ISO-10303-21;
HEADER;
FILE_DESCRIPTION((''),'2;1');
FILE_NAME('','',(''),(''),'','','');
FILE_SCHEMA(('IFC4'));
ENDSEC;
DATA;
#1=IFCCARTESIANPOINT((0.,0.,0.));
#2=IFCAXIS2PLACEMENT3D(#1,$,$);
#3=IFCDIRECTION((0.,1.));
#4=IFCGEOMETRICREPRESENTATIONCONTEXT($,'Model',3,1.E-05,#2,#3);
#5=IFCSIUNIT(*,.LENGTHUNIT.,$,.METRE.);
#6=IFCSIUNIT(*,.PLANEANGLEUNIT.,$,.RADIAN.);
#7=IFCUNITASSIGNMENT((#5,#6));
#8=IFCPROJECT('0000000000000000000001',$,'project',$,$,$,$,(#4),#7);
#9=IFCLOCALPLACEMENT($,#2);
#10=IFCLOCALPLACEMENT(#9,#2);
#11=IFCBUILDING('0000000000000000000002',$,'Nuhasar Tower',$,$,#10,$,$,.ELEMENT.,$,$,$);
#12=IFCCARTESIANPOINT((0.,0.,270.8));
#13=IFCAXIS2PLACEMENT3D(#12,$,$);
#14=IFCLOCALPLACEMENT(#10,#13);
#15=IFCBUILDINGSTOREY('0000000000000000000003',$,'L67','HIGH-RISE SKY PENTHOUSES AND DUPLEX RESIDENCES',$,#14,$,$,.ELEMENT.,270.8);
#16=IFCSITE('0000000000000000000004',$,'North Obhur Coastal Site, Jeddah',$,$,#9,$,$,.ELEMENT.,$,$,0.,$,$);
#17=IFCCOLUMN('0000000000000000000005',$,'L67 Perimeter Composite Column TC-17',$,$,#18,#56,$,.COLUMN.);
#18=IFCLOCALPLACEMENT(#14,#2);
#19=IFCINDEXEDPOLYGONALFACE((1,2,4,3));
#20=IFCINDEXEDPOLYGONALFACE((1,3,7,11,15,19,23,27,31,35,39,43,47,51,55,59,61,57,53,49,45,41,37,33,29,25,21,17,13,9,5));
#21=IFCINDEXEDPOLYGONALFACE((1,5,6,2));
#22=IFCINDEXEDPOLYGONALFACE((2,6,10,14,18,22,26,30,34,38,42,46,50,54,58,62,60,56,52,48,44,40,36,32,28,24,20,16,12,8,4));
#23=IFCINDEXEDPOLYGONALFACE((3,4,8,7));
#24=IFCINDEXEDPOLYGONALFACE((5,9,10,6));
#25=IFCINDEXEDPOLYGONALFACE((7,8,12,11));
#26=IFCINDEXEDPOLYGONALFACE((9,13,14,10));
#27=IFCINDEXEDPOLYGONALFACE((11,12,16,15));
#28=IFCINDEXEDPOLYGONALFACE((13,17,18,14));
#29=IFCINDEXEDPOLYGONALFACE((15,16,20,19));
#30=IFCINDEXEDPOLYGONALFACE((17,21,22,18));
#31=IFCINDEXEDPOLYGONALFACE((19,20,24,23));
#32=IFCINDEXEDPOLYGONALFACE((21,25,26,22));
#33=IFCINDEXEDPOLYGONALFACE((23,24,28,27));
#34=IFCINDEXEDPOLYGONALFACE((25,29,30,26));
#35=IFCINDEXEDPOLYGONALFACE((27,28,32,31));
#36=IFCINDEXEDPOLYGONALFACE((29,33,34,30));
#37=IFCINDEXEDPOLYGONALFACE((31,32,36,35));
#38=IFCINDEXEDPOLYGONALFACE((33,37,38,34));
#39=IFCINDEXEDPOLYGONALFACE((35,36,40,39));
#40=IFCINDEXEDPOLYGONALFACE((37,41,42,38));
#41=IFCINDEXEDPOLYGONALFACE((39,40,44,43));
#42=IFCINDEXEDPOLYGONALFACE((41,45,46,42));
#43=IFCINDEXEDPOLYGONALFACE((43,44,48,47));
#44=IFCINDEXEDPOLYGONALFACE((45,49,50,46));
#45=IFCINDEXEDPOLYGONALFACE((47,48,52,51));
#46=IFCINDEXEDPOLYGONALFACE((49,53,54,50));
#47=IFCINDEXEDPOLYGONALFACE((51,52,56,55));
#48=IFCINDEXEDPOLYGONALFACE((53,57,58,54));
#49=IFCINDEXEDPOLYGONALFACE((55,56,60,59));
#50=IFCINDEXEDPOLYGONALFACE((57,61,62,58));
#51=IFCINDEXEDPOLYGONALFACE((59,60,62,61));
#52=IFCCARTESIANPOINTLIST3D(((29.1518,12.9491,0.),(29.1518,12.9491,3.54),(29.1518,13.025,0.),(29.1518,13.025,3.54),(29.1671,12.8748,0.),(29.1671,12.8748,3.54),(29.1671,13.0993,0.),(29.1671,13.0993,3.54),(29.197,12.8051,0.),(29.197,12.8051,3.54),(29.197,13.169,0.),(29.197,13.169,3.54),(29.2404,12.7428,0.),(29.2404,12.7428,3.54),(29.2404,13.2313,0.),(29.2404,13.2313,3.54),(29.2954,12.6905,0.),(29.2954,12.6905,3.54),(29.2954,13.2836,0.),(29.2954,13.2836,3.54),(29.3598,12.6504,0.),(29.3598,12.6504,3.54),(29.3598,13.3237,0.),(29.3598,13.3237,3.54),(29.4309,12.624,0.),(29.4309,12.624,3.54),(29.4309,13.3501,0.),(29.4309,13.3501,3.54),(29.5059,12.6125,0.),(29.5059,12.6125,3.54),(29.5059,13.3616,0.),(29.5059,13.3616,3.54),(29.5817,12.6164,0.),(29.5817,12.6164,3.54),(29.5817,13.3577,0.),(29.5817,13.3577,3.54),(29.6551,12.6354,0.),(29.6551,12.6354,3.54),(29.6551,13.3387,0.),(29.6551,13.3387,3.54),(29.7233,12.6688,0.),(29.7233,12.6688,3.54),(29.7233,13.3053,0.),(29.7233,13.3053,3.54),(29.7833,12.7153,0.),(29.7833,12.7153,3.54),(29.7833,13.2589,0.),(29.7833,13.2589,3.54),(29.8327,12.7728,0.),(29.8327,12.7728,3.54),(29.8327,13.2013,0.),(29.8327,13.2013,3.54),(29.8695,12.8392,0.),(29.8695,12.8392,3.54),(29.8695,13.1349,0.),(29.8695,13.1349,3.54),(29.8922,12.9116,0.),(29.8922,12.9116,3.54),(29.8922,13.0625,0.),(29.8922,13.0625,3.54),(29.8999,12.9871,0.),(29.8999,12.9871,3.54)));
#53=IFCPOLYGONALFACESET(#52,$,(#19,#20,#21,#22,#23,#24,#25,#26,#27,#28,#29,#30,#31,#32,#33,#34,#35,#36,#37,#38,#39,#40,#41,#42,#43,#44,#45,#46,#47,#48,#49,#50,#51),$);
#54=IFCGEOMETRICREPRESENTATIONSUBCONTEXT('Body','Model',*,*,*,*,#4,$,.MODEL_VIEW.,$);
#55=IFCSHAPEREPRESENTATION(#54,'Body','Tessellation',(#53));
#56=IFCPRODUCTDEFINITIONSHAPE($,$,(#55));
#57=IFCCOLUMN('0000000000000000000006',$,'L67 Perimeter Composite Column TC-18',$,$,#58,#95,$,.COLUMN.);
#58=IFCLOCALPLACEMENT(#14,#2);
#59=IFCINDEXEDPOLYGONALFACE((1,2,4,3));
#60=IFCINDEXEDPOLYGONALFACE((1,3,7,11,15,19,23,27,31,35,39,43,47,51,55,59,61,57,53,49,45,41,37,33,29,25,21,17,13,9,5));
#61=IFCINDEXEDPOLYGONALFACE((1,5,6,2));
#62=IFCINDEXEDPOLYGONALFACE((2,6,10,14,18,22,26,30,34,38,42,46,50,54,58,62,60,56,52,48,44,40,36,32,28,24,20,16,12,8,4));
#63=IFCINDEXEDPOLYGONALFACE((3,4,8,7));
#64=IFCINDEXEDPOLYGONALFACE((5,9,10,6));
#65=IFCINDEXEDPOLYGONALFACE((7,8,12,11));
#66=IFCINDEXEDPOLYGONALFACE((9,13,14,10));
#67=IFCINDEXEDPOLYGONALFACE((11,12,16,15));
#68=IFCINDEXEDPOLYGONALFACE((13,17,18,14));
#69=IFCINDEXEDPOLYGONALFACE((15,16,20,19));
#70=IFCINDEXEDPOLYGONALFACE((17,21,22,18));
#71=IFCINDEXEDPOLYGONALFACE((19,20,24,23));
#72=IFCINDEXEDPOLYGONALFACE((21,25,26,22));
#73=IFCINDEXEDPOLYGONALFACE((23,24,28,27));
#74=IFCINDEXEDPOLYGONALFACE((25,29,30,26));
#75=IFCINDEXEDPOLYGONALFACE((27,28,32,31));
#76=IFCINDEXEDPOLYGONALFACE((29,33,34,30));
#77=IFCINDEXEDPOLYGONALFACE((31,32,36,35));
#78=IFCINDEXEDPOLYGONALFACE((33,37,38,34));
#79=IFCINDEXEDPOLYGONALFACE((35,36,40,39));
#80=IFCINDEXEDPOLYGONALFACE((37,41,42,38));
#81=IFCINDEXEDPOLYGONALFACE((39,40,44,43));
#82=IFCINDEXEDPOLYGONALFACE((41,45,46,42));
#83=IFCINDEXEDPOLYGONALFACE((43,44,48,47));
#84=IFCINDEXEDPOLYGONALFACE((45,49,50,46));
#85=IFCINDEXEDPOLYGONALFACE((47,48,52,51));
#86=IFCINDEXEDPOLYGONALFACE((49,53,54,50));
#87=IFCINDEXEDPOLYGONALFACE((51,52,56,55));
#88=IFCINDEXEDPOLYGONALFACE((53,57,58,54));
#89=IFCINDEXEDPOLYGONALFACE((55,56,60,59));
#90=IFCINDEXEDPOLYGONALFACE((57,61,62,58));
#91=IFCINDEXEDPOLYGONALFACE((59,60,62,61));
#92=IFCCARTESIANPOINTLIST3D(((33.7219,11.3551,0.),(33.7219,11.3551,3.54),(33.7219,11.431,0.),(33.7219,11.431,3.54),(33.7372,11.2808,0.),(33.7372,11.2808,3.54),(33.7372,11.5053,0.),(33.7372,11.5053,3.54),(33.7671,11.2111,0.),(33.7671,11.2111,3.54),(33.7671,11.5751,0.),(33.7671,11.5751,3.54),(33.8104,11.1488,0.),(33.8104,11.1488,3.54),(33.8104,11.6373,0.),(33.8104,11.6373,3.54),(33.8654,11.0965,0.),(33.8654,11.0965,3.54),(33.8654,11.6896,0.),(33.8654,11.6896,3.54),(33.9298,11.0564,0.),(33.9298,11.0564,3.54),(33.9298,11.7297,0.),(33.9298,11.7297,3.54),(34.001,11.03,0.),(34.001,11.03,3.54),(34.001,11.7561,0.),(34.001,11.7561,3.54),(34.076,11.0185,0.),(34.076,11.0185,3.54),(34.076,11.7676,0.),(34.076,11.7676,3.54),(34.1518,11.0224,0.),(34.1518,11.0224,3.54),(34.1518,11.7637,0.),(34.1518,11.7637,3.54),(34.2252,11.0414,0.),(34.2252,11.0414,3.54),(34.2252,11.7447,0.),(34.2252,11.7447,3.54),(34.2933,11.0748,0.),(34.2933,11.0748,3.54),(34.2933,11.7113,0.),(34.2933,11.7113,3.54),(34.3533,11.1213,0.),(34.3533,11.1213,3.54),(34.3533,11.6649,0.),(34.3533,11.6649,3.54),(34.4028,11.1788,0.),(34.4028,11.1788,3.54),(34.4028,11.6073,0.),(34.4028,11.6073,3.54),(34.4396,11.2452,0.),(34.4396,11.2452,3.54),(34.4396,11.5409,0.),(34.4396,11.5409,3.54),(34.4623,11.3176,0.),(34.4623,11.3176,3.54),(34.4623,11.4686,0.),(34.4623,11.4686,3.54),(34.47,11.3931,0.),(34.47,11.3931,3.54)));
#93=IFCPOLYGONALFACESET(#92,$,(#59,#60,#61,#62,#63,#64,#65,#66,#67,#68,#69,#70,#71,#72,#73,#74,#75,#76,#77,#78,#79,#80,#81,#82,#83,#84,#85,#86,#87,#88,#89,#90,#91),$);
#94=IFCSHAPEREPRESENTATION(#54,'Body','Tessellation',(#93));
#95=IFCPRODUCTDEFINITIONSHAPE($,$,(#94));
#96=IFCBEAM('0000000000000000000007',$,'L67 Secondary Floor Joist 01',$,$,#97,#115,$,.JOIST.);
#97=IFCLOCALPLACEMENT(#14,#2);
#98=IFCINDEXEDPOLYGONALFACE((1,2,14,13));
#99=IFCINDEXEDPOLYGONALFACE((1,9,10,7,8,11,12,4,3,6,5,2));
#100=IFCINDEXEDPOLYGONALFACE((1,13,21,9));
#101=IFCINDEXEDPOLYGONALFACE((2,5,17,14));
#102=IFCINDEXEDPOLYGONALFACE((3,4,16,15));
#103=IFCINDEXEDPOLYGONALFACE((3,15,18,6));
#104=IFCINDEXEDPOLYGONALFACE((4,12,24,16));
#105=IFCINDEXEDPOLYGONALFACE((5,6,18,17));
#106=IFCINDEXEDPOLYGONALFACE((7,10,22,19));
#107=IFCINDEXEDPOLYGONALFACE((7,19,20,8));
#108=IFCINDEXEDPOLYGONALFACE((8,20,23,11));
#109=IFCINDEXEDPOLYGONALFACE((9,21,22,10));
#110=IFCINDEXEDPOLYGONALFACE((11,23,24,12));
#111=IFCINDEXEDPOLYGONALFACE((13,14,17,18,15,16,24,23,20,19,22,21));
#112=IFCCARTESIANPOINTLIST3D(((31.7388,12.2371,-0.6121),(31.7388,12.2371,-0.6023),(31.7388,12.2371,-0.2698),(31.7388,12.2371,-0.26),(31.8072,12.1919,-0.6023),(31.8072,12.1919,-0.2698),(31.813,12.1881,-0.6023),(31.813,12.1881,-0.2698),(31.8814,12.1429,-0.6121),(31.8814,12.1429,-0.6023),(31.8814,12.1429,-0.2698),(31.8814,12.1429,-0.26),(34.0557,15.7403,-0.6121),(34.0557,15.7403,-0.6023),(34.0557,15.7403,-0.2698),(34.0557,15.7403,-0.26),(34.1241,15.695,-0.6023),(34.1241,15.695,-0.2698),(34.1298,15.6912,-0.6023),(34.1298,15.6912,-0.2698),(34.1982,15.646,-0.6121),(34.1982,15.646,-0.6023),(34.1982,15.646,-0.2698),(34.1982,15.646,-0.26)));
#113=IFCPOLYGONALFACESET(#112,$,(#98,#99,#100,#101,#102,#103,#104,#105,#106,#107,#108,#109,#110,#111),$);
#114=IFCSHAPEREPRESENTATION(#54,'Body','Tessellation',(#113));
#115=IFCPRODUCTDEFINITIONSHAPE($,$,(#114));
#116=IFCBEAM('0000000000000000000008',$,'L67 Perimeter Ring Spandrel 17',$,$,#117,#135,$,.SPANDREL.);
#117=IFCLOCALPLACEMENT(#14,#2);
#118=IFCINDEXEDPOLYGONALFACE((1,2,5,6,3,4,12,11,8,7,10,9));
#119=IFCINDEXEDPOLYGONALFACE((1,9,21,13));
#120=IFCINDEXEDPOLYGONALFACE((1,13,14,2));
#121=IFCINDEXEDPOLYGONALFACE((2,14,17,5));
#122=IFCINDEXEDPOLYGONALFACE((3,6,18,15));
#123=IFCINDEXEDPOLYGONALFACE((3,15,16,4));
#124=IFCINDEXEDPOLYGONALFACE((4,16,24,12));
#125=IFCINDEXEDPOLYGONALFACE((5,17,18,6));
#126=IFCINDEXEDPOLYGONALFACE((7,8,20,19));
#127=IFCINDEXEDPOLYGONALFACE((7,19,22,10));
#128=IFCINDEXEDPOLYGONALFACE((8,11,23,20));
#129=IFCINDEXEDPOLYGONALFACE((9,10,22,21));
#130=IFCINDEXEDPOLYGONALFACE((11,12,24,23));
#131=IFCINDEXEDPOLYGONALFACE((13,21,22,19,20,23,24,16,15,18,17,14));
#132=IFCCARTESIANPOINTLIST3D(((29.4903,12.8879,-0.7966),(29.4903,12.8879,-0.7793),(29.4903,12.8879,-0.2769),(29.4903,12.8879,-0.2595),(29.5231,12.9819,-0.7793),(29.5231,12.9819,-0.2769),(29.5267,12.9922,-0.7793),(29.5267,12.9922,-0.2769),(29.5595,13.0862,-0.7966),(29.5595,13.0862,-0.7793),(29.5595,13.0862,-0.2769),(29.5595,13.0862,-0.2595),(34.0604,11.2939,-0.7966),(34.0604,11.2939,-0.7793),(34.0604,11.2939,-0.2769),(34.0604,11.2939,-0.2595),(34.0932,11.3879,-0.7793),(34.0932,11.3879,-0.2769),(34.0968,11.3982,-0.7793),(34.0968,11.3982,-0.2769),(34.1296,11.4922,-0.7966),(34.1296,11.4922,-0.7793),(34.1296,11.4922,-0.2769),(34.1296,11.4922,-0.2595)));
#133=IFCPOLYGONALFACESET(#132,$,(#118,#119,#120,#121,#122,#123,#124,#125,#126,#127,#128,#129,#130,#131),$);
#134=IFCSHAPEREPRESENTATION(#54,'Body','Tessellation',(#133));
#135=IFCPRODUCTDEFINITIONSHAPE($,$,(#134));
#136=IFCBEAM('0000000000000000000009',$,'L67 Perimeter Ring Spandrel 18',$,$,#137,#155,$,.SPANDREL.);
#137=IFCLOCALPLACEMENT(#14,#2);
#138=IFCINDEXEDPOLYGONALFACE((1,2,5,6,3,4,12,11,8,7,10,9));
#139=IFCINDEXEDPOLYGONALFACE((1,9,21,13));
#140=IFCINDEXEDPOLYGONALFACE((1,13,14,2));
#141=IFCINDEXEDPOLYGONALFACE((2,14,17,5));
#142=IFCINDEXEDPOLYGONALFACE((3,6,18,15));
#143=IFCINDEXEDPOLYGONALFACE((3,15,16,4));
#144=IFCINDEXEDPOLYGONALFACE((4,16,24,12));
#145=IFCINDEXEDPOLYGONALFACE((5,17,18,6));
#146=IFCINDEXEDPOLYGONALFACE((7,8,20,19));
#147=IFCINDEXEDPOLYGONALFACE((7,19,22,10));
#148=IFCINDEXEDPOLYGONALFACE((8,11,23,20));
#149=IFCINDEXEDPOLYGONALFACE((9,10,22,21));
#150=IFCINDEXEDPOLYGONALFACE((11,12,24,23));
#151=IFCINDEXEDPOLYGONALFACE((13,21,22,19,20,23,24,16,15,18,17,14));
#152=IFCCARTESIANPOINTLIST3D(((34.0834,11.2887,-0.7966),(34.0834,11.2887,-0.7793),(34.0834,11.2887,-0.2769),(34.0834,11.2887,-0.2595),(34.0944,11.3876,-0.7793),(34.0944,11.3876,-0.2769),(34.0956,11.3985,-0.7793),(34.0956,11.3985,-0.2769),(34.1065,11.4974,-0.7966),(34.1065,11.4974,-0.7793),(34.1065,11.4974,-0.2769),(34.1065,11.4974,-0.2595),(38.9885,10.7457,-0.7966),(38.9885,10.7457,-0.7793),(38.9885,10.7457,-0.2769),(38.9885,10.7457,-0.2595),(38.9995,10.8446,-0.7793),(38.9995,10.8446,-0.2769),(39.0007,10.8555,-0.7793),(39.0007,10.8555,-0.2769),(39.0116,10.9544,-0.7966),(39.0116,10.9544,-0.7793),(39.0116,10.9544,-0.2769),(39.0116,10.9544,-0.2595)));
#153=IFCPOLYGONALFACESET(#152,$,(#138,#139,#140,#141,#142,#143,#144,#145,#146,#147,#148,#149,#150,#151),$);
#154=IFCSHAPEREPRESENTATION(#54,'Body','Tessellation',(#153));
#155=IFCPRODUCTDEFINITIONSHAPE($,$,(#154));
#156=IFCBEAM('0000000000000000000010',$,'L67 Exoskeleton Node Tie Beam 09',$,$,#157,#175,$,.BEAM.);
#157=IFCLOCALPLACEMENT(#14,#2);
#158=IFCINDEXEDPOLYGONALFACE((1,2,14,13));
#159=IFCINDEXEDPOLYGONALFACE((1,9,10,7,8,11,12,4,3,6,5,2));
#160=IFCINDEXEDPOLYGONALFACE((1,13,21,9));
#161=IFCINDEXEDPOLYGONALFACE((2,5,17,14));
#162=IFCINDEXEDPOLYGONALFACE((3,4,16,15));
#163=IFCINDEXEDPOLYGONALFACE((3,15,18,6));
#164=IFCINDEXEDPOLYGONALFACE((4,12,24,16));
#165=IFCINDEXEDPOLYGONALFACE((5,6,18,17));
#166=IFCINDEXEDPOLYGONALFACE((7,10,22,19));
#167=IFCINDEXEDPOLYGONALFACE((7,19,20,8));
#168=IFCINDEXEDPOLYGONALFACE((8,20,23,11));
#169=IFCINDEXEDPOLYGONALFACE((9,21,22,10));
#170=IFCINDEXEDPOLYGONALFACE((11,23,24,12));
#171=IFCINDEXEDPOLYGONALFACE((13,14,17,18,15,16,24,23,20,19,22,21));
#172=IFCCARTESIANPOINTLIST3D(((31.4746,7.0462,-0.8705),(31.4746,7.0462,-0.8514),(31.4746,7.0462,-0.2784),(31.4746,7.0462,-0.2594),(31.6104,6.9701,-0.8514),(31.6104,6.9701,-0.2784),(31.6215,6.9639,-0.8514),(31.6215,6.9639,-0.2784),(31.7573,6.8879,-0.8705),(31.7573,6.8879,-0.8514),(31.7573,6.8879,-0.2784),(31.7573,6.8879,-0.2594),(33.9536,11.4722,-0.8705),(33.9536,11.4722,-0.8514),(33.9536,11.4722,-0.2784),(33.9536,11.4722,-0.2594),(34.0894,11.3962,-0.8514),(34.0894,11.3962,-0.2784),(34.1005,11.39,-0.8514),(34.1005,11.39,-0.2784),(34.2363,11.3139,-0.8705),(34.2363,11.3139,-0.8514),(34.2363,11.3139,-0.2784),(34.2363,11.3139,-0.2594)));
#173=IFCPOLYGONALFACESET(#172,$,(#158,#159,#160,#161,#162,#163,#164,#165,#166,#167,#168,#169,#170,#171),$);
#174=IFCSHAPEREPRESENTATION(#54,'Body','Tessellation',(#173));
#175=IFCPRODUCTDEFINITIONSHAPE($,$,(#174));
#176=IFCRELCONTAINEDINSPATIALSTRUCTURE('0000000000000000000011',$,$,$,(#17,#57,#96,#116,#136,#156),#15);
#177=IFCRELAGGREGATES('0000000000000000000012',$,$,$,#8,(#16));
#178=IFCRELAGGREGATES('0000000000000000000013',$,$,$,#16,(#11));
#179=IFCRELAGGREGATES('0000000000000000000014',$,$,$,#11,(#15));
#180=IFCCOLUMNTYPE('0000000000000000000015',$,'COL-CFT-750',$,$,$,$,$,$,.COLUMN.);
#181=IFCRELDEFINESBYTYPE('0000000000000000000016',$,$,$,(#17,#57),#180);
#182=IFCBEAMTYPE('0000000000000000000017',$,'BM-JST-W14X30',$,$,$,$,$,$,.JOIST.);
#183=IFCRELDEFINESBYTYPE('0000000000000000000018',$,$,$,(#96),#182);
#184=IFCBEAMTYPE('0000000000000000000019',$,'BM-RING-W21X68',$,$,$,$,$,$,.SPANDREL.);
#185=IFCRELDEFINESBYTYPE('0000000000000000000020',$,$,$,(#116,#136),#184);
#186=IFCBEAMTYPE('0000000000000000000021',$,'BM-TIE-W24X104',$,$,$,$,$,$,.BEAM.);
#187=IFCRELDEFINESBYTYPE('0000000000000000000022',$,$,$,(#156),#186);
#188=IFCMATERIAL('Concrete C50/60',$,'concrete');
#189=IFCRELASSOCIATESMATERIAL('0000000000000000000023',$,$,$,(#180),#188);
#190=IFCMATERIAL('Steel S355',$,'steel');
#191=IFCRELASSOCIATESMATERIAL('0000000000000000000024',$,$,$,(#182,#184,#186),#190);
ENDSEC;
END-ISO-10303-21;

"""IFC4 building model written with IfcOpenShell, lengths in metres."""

from ifc_helpers import new_model, si_unit, direction, frame, origin, origin_2d, place, context, subcontext, project, spatial, circle, i_section, extrude, material, material_profile, profile_set, type_object, element, save


model = new_model("IFC4")

# Units and contexts
model_context = context("Model", 3, precision=1e-05, world=origin(), true_north=direction((0.0, 1.0)))
body_context = subcontext(model_context, "Body", "Model", "MODEL_VIEW")
ifc_project = project(units=[si_unit("LENGTHUNIT", "METRE"), si_unit("PLANEANGLEUNIT", "RADIAN")], contexts=[model_context])

# Site, building, storey
site_placement = place(None, origin())
site = spatial("IfcSite", under=ifc_project, at=site_placement, Name="North Obhur Coastal Site, Jeddah", CompositionType="ELEMENT", RefElevation=0.0)
building_placement = place(site_placement, origin())
building = spatial("IfcBuilding", under=site, at=building_placement, Name="Nuhasar Tower", CompositionType="ELEMENT")
storey_placement = place(building_placement, frame((0.0, 0.0, 270.8)))
storey = spatial("IfcBuildingStorey", under=building, at=storey_placement, Name="L67", Description="HIGH-RISE SKY PENTHOUSES AND DUPLEX RESIDENCES", CompositionType="ELEMENT", Elevation=270.8)

# Columns
ifc_material_1 = material(Name="Concrete C50/60", Category="concrete")
ifc_material_profile_1 = material_profile(ifc_material_1, circle(Radius=0.375, at=origin_2d()), Name="CFT750")
ifc_profile_set_1 = profile_set([ifc_material_profile_1], Name="Concrete C50/60")
column_type = type_object("IfcColumnType", Name="COL-CFT-750", PredefinedType="COLUMN", material=ifc_profile_set_1)
for number, where, z_axis, x_axis, name in (
    (1, (29.5249, 12.9871, 0.0), (0.0, 0.0, 1.0), (1.0, 0.0, 0.0), "L67 Perimeter Composite Column TC-17"),
    (2, (34.095, 11.3931, 0.0), (0.0, 0.0, 1.0), (1.0, 0.0, 0.0), "L67 Perimeter Composite Column TC-18"),
):
    element("IfcColumn", number, at=place(storey_placement, frame(where, z_axis=z_axis, x_axis=x_axis)), inside=storey, type_object=column_type, Name=name, PredefinedType="COLUMN", context=body_context, shape_type="SweptSolid", body=[
        extrude(circle(Radius=0.375, at=origin_2d()), origin(), (0.0, 0.0, 1.0), 3.54),
    ])

# Beams
ifc_material_2 = material(Name="Steel S355", Category="steel")
ifc_material_profile_2 = material_profile(ifc_material_2, i_section(OverallWidth=0.1709, OverallDepth=0.3521, WebThickness=0.0068, FlangeThickness=0.0098, at=origin_2d()), Name="W14X30")
ifc_profile_set_2 = profile_set([ifc_material_profile_2], Name="Steel S355")
beam_type_1 = type_object("IfcBeamType", Name="BM-JST-W14X30", PredefinedType="JOIST", material=ifc_profile_set_2)
beam_1_placement = place(storey_placement, frame((34.127, 15.6931, -0.436), z_axis=(-0.551638, -0.834084, 0.0), x_axis=(0.834084, -0.551638, 0.0)))
element("IfcBeam", 3, at=beam_1_placement, inside=storey, type_object=beam_type_1, Name="L67 Secondary Floor Joist 01", PredefinedType="JOIST", context=body_context, shape_type="SweptSolid", body=[
    extrude(i_section(OverallWidth=0.1709, OverallDepth=0.3521, WebThickness=0.0068, FlangeThickness=0.0098, at=origin_2d()), origin(), (0.0, 0.0, 1.0), 4.2),
])
ifc_material_profile_3 = material_profile(ifc_material_2, i_section(OverallWidth=0.21, OverallDepth=0.5371, WebThickness=0.011, FlangeThickness=0.0173, at=origin_2d()), Name="W21X68")
ifc_profile_set_3 = profile_set([ifc_material_profile_3], Name="Steel S355")
beam_type_2 = type_object("IfcBeamType", Name="BM-RING-W21X68", PredefinedType="SPANDREL", material=ifc_profile_set_3)
beam_2_placement = place(storey_placement, frame((29.5249, 12.9871, -0.5281), z_axis=(0.944214, -0.329332, 0.0), x_axis=(0.329332, 0.944214, 0.0)))
element("IfcBeam", 4, at=beam_2_placement, inside=storey, type_object=beam_type_2, Name="L67 Perimeter Ring Spandrel 17", PredefinedType="SPANDREL", context=body_context, shape_type="SweptSolid", body=[
    extrude(i_section(OverallWidth=0.21, OverallDepth=0.5371, WebThickness=0.011, FlangeThickness=0.0173, at=origin_2d()), origin(), (0.0, 0.0, 1.0), 4.8401),
])
beam_3_placement = place(storey_placement, frame((34.095, 11.3931, -0.5281), z_axis=(0.993929, -0.110024, 0.0), x_axis=(0.110024, 0.993929, 0.0)))
element("IfcBeam", 5, at=beam_3_placement, inside=storey, type_object=beam_type_2, Name="L67 Perimeter Ring Spandrel 18", PredefinedType="SPANDREL", context=body_context, shape_type="SweptSolid", body=[
    extrude(i_section(OverallWidth=0.21, OverallDepth=0.5371, WebThickness=0.011, FlangeThickness=0.0173, at=origin_2d()), origin(), (0.0, 0.0, 1.0), 4.9351),
])
ifc_material_profile_4 = material_profile(ifc_material_2, i_section(OverallWidth=0.324, OverallDepth=0.6111, WebThickness=0.0127, FlangeThickness=0.019, at=origin_2d()), Name="W24X104")
ifc_profile_set_4 = profile_set([ifc_material_profile_4], Name="Steel S355")
beam_type_3 = type_object("IfcBeamType", Name="BM-TIE-W24X104", PredefinedType="BEAM", material=ifc_profile_set_4)
beam_4_placement = place(storey_placement, frame((34.095, 11.3931, -0.5649), z_axis=(-0.488668, -0.87247, 0.0), x_axis=(0.87247, -0.488668, 0.0)))
element("IfcBeam", 6, at=beam_4_placement, inside=storey, type_object=beam_type_3, Name="L67 Exoskeleton Node Tie Beam 09", PredefinedType="BEAM", context=body_context, shape_type="SweptSolid", body=[
    extrude(i_section(OverallWidth=0.324, OverallDepth=0.6111, WebThickness=0.0127, FlangeThickness=0.019, at=origin_2d()), origin(), (0.0, 0.0, 1.0), 5.073),
])

save(model, "model.ifc")
